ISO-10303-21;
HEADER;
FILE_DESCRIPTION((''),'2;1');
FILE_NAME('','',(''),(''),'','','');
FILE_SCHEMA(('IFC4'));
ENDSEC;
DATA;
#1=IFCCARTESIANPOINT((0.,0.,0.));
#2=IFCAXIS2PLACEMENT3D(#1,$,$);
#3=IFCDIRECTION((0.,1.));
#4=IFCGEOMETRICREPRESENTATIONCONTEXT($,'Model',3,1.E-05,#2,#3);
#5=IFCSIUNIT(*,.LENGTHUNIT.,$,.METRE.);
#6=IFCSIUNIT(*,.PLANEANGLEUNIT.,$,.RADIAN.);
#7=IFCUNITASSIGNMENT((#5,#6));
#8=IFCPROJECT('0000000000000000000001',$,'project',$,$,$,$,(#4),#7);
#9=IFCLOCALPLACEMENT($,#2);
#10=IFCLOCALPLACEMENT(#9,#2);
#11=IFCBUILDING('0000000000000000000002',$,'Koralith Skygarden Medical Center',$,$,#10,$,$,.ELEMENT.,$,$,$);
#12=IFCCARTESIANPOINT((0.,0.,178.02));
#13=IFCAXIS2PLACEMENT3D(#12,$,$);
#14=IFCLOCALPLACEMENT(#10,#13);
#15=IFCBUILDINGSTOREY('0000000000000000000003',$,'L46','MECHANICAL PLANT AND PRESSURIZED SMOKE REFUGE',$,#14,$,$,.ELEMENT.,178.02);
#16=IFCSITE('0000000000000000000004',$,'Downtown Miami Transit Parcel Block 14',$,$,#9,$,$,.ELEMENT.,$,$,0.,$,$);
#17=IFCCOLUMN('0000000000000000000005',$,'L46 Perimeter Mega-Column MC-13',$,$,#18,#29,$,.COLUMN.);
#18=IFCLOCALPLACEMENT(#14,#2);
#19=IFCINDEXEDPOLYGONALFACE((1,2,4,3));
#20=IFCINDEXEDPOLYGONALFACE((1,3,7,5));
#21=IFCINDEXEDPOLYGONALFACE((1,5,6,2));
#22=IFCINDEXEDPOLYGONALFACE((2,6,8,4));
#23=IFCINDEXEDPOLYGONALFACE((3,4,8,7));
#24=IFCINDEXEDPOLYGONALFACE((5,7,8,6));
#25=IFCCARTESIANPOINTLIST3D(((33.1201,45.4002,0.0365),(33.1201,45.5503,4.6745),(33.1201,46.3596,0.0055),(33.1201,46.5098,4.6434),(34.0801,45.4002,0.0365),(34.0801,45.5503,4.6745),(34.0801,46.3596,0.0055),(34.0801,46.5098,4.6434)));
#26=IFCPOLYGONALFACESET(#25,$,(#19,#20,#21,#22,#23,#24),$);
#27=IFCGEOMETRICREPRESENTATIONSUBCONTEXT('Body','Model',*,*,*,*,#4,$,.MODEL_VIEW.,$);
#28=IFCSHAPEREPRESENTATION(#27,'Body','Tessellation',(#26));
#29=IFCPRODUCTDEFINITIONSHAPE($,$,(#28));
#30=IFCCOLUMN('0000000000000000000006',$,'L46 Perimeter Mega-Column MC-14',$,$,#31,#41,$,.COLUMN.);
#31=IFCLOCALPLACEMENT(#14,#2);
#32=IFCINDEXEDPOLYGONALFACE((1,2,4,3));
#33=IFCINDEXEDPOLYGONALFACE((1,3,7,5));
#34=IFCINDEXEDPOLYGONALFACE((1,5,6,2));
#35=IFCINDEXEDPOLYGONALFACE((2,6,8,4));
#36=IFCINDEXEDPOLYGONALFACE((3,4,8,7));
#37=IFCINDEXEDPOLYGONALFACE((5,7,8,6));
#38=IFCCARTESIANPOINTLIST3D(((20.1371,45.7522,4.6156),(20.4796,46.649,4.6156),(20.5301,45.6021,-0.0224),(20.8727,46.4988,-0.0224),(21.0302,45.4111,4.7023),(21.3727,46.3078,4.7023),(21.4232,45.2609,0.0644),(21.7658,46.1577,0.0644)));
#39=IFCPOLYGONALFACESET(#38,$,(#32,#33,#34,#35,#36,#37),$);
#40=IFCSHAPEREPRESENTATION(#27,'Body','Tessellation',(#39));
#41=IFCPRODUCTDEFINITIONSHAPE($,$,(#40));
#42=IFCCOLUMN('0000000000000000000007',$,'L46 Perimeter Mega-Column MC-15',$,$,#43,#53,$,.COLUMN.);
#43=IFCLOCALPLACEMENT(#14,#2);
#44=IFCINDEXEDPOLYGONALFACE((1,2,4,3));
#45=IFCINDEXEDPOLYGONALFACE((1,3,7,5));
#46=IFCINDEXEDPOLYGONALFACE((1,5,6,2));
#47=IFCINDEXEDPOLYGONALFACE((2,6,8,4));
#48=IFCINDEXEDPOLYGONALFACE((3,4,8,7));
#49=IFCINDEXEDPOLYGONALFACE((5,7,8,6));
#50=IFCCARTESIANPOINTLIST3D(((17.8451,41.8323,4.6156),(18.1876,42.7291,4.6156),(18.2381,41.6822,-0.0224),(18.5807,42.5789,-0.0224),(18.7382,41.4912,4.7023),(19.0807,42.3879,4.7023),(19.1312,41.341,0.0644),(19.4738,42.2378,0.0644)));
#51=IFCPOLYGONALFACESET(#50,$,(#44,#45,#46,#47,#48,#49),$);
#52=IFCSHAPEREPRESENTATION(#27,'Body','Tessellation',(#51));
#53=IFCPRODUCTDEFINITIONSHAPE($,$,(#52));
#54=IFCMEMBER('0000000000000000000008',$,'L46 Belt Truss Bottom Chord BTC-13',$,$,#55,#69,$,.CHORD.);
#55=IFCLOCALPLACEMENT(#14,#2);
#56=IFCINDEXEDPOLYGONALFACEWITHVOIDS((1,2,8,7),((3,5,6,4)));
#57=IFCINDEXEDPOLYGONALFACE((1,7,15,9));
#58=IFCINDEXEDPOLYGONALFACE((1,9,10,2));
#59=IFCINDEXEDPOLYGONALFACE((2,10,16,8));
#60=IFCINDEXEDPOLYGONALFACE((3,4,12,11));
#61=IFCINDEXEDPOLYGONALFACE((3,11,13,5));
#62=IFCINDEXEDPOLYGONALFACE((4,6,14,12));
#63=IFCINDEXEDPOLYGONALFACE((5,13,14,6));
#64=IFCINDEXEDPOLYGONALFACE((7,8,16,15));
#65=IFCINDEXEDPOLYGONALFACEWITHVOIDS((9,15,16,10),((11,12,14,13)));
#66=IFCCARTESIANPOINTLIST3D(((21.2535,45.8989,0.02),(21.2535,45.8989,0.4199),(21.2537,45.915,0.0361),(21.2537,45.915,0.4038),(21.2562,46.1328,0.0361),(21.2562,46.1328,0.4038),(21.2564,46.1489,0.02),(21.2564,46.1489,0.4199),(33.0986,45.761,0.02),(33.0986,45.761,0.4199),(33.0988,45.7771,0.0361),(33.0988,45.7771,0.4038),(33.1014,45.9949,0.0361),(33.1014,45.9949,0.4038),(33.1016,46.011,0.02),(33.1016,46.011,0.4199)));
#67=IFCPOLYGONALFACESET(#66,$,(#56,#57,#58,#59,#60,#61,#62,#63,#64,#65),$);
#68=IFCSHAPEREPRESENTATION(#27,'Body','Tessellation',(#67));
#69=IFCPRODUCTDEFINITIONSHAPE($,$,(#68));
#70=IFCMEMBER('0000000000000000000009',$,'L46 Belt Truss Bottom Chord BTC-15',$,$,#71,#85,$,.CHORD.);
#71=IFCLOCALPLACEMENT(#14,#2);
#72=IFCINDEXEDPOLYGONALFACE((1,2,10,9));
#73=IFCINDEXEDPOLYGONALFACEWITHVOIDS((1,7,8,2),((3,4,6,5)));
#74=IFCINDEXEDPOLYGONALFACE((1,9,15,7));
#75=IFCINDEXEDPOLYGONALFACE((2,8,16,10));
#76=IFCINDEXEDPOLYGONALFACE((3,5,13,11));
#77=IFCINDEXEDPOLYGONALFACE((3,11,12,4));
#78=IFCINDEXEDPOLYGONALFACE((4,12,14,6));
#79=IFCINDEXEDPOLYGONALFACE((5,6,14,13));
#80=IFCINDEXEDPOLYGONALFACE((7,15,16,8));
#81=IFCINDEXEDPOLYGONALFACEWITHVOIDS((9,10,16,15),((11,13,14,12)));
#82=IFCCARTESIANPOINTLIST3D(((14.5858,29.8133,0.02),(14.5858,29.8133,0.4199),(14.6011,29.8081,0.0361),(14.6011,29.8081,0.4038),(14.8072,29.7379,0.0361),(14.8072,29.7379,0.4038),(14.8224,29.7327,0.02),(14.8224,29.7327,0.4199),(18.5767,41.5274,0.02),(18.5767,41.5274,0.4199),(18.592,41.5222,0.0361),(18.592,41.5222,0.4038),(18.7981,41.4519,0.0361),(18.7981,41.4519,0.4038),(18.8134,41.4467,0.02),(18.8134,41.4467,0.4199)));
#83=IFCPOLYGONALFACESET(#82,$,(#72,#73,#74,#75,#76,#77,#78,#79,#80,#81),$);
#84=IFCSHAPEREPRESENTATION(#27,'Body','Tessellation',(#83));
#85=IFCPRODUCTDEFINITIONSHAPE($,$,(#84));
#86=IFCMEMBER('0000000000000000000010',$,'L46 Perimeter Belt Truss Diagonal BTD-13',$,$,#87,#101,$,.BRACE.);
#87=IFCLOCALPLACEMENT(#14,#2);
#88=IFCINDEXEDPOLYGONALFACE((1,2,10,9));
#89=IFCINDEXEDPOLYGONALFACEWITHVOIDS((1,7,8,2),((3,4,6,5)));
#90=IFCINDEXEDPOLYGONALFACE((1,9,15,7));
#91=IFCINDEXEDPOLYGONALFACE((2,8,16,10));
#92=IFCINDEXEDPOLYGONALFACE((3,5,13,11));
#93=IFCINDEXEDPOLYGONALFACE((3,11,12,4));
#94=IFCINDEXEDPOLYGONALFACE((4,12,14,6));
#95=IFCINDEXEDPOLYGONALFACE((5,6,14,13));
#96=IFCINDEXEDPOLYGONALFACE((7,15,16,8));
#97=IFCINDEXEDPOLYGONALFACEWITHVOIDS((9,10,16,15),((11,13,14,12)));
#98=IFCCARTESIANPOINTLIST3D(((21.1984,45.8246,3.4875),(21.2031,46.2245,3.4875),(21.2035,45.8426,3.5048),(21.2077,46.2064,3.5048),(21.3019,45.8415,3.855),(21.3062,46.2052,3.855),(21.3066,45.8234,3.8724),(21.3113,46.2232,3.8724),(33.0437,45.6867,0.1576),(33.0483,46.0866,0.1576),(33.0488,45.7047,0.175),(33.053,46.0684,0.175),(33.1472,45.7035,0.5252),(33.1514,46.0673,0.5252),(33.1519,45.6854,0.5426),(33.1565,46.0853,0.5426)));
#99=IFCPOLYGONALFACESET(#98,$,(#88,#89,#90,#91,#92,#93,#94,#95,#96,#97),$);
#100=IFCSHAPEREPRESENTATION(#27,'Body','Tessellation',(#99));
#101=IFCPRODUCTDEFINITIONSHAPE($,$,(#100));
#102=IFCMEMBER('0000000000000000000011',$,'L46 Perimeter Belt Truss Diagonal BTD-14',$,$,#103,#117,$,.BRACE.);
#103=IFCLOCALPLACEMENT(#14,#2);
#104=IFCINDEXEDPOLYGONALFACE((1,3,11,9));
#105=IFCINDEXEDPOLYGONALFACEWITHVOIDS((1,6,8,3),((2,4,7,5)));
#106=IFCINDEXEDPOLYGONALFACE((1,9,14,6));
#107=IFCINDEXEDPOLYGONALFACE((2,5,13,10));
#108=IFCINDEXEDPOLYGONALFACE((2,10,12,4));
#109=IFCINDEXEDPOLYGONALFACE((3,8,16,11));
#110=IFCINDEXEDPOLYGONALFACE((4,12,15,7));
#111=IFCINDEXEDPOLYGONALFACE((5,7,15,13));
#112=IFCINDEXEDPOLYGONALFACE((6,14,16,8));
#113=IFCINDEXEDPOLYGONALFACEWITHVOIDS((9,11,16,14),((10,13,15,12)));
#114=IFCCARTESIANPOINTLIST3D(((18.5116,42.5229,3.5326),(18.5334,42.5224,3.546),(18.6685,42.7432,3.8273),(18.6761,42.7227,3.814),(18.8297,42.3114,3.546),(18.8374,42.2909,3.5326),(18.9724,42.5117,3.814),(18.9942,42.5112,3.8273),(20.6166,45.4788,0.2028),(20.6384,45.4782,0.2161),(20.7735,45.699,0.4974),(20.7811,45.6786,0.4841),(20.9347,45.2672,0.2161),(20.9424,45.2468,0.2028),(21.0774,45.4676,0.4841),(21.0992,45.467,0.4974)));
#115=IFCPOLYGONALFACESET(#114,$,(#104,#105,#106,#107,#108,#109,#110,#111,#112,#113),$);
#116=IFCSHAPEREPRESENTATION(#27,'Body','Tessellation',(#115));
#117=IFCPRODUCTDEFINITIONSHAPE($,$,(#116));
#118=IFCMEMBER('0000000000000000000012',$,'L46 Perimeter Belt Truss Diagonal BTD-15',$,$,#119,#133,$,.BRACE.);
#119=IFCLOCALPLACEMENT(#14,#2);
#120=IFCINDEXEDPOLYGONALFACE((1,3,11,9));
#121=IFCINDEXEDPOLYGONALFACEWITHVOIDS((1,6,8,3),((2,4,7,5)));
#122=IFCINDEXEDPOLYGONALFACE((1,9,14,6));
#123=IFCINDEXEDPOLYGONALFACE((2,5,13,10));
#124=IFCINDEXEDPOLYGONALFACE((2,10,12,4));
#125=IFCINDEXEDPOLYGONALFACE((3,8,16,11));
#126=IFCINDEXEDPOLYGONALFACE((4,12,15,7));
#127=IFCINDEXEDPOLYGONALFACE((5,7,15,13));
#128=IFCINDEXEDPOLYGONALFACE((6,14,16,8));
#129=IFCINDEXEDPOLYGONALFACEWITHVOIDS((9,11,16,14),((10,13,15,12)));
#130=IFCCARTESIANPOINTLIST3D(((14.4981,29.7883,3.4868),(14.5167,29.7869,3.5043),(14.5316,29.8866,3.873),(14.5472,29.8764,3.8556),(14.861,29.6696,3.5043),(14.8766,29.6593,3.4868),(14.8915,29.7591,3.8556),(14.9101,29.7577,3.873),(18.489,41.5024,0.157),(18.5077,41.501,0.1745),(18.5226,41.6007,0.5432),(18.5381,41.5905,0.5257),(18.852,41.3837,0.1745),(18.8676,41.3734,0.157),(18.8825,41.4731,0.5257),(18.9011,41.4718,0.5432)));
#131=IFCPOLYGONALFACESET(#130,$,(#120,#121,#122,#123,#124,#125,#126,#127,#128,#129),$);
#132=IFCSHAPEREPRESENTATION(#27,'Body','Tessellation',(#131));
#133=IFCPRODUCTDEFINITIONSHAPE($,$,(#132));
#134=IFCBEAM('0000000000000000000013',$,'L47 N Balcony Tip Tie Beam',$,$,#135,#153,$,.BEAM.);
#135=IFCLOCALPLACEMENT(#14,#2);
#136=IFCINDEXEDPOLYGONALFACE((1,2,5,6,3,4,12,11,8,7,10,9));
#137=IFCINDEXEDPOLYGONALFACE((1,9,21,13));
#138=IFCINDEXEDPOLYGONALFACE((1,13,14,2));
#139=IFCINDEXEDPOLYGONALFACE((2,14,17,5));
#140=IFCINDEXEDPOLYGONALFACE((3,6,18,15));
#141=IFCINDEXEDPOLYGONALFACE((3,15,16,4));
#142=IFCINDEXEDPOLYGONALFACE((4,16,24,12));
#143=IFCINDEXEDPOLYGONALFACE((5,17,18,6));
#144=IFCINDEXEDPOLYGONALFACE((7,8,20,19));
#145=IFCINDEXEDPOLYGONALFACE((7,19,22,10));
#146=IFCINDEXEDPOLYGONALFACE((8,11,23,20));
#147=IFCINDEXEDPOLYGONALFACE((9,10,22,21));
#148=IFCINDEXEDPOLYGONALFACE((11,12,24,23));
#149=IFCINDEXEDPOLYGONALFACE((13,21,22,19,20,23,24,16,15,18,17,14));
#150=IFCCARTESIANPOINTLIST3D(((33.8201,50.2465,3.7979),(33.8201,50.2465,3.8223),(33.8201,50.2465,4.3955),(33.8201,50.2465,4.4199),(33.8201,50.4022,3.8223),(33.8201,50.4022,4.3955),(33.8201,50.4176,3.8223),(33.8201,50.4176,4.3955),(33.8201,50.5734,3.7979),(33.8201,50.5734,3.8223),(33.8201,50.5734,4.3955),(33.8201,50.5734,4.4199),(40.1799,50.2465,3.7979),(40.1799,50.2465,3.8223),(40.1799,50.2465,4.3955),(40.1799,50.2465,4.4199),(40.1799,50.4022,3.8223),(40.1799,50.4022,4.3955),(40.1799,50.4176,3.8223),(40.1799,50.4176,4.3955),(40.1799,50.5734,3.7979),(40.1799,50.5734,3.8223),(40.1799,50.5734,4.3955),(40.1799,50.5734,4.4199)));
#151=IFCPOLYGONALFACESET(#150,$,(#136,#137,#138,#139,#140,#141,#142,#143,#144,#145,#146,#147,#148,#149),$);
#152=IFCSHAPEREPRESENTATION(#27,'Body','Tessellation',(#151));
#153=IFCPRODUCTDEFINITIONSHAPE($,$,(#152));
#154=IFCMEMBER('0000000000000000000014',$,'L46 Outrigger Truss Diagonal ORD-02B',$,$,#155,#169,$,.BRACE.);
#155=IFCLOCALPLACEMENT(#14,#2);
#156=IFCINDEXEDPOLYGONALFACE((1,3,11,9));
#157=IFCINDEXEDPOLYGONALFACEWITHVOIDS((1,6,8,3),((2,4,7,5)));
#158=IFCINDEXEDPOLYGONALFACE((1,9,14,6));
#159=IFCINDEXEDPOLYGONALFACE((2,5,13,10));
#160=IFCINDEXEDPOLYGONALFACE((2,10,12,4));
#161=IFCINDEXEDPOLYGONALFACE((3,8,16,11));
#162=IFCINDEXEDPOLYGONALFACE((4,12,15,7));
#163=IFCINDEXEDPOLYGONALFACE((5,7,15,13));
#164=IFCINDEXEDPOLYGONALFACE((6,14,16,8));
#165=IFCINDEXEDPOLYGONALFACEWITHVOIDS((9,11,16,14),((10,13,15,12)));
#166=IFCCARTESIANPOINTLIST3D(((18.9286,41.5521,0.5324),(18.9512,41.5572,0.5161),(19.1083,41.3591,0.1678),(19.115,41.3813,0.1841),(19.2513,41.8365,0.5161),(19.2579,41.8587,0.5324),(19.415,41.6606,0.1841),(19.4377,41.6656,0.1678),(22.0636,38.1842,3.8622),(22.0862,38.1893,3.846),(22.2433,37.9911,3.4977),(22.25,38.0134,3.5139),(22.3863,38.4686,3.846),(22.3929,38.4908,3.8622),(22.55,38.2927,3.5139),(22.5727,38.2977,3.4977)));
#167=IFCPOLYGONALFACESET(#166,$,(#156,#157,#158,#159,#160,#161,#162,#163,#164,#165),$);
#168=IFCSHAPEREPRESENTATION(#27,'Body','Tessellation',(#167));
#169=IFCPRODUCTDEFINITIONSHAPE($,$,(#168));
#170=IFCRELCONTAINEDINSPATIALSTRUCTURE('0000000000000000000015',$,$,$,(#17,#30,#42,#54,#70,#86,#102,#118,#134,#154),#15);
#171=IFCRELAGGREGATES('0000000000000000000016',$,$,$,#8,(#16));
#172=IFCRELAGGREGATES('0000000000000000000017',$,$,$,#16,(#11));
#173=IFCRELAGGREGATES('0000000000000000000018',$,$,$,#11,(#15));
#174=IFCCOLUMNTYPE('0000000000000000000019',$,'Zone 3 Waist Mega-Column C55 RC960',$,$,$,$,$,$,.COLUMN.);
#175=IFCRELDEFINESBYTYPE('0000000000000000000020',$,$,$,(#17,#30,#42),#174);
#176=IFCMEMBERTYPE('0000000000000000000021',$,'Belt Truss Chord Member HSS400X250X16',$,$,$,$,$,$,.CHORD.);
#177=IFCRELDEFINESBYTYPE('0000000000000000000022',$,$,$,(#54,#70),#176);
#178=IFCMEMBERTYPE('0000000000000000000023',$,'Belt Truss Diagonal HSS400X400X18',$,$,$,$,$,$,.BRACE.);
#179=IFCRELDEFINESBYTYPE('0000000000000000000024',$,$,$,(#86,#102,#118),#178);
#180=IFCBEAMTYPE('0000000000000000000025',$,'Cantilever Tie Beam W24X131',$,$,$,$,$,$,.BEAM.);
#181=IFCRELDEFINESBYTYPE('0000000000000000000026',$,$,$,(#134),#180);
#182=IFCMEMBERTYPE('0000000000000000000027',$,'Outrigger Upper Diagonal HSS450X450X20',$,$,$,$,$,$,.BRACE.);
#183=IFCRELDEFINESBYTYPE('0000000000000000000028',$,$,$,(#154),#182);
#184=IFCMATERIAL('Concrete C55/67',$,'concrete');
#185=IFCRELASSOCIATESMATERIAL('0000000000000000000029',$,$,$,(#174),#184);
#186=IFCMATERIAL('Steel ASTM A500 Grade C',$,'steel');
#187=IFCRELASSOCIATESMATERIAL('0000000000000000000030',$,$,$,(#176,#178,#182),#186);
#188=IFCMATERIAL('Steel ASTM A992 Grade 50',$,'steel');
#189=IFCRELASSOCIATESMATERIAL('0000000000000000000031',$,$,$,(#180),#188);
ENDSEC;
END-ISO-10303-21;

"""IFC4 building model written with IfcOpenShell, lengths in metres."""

from ifc_helpers import new_model, si_unit, direction, frame, origin, origin_2d, place, context, subcontext, project, spatial, rectangle, hollow_rectangle, i_section, extrude, material, material_profile, profile_set, type_object, element, save


model = new_model("IFC4")

# Units and contexts
model_context = context("Model", 3, precision=1e-05, world=origin(), true_north=direction((0.0, 1.0)))
body_context = subcontext(model_context, "Body", "Model", "MODEL_VIEW")
ifc_project = project(units=[si_unit("LENGTHUNIT", "METRE"), si_unit("PLANEANGLEUNIT", "RADIAN")], contexts=[model_context])

# Site, building, storey
site_placement = place(None, origin())
site = spatial("IfcSite", under=ifc_project, at=site_placement, Name="Downtown Miami Transit Parcel Block 14", CompositionType="ELEMENT", RefElevation=0.0)
building_placement = place(site_placement, origin())
building = spatial("IfcBuilding", under=site, at=building_placement, Name="Koralith Skygarden Medical Center", CompositionType="ELEMENT")
storey_placement = place(building_placement, frame((0.0, 0.0, 178.02)))
storey = spatial("IfcBuildingStorey", under=building, at=storey_placement, Name="L46", Description="MECHANICAL PLANT AND PRESSURIZED SMOKE REFUGE", CompositionType="ELEMENT", Elevation=178.02)

# Columns
ifc_material_1 = material(Name="Concrete C55/67", Category="concrete")
ifc_material_profile_1 = material_profile(ifc_material_1, rectangle(XDim=0.96, YDim=0.96, at=origin_2d()), Name="RC960X960")
ifc_profile_set_1 = profile_set([ifc_material_profile_1], Name="Concrete C55/67")
column_type = type_object("IfcColumnType", Name="Zone 3 Waist Mega-Column C55 RC960", PredefinedType="COLUMN", material=ifc_profile_set_1)
column_placement = place(storey_placement, frame((33.6001, 45.8799, 0.021), z_axis=(0.0, 0.032357, 0.999476), x_axis=(-1.0, 0.0, 0.0)))
element("IfcColumn", 1, at=column_placement, inside=storey, type_object=column_type, Name="L46 Perimeter Mega-Column MC-13", PredefinedType="COLUMN", context=body_context, shape_type="SweptSolid", body=[
    extrude(rectangle(XDim=0.96, YDim=0.96, at=origin_2d()), origin(), (0.0, 0.0, 1.0), 4.6404),
])
for number, where, z_axis, x_axis, name in (
    (2, (21.1479, 45.8799, 0.021), (-0.084404, 0.032241, 0.99591), (-0.35684, -0.934166, 0.0), "L46 Perimeter Mega-Column MC-14"),
    (3, (18.856, 41.96, 0.021), (-0.084404, 0.032241, 0.99591), (-0.35684, -0.934166, 0.0), "L46 Perimeter Mega-Column MC-15"),
):
    element("IfcColumn", number, at=place(storey_placement, frame(where, z_axis=z_axis, x_axis=x_axis)), inside=storey, type_object=column_type, Name=name, PredefinedType="COLUMN", context=body_context, shape_type="SweptSolid", body=[
        extrude(rectangle(XDim=0.96, YDim=0.96, at=origin_2d()), origin(), (0.0, 0.0, 1.0), 4.657),
    ])

# Members
ifc_material_2 = material(Name="Steel ASTM A500 Grade C", Category="steel")
ifc_material_profile_2 = material_profile(ifc_material_2, hollow_rectangle(XDim=0.25, YDim=0.3999, WallThickness=0.0161, at=origin_2d()), Name="HSS400X250X16")
ifc_profile_set_2 = profile_set([ifc_material_profile_2], Name="Steel ASTM A500 Grade C")
member_type_1 = type_object("IfcMemberType", Name="Belt Truss Chord Member HSS400X250X16", PredefinedType="CHORD", material=ifc_profile_set_2)
member_1_placement = place(storey_placement, frame((33.1001, 45.886, 0.22), z_axis=(-0.999932, 0.011644, 0.0), x_axis=(-0.011644, -0.999932, 0.0)))
element("IfcMember", 4, at=member_1_placement, inside=storey, type_object=member_type_1, Name="L46 Belt Truss Bottom Chord BTC-13", PredefinedType="CHORD", context=body_context, shape_type="SweptSolid", body=[
    extrude(hollow_rectangle(XDim=0.25, YDim=0.3999, WallThickness=0.0161, at=origin_2d()), origin(), (0.0, 0.0, 1.0), 11.8459),
])
member_2_placement = place(storey_placement, frame((18.6951, 41.4871, 0.22), z_axis=(-0.322494, -0.946571, 0.0), x_axis=(0.946571, -0.322494, 0.0)))
element("IfcMember", 5, at=member_2_placement, inside=storey, type_object=member_type_1, Name="L46 Belt Truss Bottom Chord BTC-15", PredefinedType="CHORD", context=body_context, shape_type="SweptSolid", body=[
    extrude(hollow_rectangle(XDim=0.25, YDim=0.3999, WallThickness=0.0161, at=origin_2d()), origin(), (0.0, 0.0, 1.0), 12.3752),
])
ifc_material_profile_3 = material_profile(ifc_material_2, hollow_rectangle(XDim=0.3999, YDim=0.3999, WallThickness=0.0181, at=origin_2d()), Name="HSS400X400X18")
ifc_profile_set_3 = profile_set([ifc_material_profile_3], Name="Steel ASTM A500 Grade C")
member_type_2 = type_object("IfcMemberType", Name="Belt Truss Diagonal HSS400X400X18", PredefinedType="BRACE", material=ifc_profile_set_3)
member_3_placement = place(storey_placement, frame((33.1001, 45.886, 0.3501), z_axis=(-0.962625, 0.01121, 0.270606), x_axis=(-0.011644, -0.999932, 0.0)))
element("IfcMember", 6, at=member_3_placement, inside=storey, type_object=member_type_2, Name="L46 Perimeter Belt Truss Diagonal BTD-13", PredefinedType="BRACE", context=body_context, shape_type="SweptSolid", body=[
    extrude(hollow_rectangle(XDim=0.3999, YDim=0.3999, WallThickness=0.0181, at=origin_2d()), origin(), (0.0, 0.0, 1.0), 12.3052),
])
member_4_placement = place(storey_placement, frame((20.8579, 45.4729, 0.3501), z_axis=(-0.427408, -0.600165, 0.676109), x_axis=(0.814555, -0.580086, 0.0)))
element("IfcMember", 7, at=member_4_placement, inside=storey, type_object=member_type_2, Name="L46 Perimeter Belt Truss Diagonal BTD-14", PredefinedType="BRACE", context=body_context, shape_type="SweptSolid", body=[
    extrude(hollow_rectangle(XDim=0.3999, YDim=0.3999, WallThickness=0.0181, at=origin_2d()), origin(), (0.0, 0.0, 1.0), 4.925),
])
member_5_placement = place(storey_placement, frame((18.6951, 41.4871, 0.3501), z_axis=(-0.311418, -0.914061, 0.259829), x_axis=(0.946571, -0.322494, 0.0)))
element("IfcMember", 8, at=member_5_placement, inside=storey, type_object=member_type_2, Name="L46 Perimeter Belt Truss Diagonal BTD-15", PredefinedType="BRACE", context=body_context, shape_type="SweptSolid", body=[
    extrude(hollow_rectangle(XDim=0.3999, YDim=0.3999, WallThickness=0.0181, at=origin_2d()), origin(), (0.0, 0.0, 1.0), 12.8154),
])

# Beam
ifc_material_3 = material(Name="Steel ASTM A992 Grade 50", Category="steel")
ifc_material_profile_4 = material_profile(ifc_material_3, i_section(OverallWidth=0.3269, OverallDepth=0.6221, WebThickness=0.0154, FlangeThickness=0.0244, at=origin_2d()), Name="W24X131")
ifc_profile_set_4 = profile_set([ifc_material_profile_4], Name="Steel ASTM A992 Grade 50")
beam_type_1 = type_object("IfcBeamType", Name="Cantilever Tie Beam W24X131", PredefinedType="BEAM", material=ifc_profile_set_4)
beam_1_placement = place(storey_placement, frame((33.8201, 50.4099, 4.1089), z_axis=(1.0, 0.0, 0.0), x_axis=(0.0, 1.0, 0.0)))
element("IfcBeam", 9, at=beam_1_placement, inside=storey, type_object=beam_type_1, Name="L47 N Balcony Tip Tie Beam", PredefinedType="BEAM", context=body_context, shape_type="SweptSolid", body=[
    extrude(i_section(OverallWidth=0.3269, OverallDepth=0.6221, WebThickness=0.0154, FlangeThickness=0.0244, at=origin_2d()), origin(), (0.0, 0.0, 1.0), 6.3599),
])

# Member
ifc_material_profile_5 = material_profile(ifc_material_2, hollow_rectangle(XDim=0.45, YDim=0.45, WallThickness=0.02, at=origin_2d()), Name="HSS450X450X20")
ifc_profile_set_5 = profile_set([ifc_material_profile_5], Name="Steel ASTM A500 Grade C")
member_type_3 = type_object("IfcMemberType", Name="Outrigger Upper Diagonal HSS450X450X20", PredefinedType="BRACE", material=ifc_profile_set_5)
member_6_placement = place(storey_placement, frame((22.3181, 38.241, 3.6799), z_axis=(-0.551968, 0.592975, -0.58627), x_axis=(-0.731963, -0.681344, 0.0)))
element("IfcMember", 10, at=member_6_placement, inside=storey, type_object=member_type_3, Name="L46 Outrigger Truss Diagonal ORD-02B", PredefinedType="BRACE", context=body_context, shape_type="SweptSolid", body=[
    extrude(hollow_rectangle(XDim=0.45, YDim=0.45, WallThickness=0.02, at=origin_2d()), origin(), (0.0, 0.0, 1.0), 5.6797),
])

save(model, "model.ifc")
